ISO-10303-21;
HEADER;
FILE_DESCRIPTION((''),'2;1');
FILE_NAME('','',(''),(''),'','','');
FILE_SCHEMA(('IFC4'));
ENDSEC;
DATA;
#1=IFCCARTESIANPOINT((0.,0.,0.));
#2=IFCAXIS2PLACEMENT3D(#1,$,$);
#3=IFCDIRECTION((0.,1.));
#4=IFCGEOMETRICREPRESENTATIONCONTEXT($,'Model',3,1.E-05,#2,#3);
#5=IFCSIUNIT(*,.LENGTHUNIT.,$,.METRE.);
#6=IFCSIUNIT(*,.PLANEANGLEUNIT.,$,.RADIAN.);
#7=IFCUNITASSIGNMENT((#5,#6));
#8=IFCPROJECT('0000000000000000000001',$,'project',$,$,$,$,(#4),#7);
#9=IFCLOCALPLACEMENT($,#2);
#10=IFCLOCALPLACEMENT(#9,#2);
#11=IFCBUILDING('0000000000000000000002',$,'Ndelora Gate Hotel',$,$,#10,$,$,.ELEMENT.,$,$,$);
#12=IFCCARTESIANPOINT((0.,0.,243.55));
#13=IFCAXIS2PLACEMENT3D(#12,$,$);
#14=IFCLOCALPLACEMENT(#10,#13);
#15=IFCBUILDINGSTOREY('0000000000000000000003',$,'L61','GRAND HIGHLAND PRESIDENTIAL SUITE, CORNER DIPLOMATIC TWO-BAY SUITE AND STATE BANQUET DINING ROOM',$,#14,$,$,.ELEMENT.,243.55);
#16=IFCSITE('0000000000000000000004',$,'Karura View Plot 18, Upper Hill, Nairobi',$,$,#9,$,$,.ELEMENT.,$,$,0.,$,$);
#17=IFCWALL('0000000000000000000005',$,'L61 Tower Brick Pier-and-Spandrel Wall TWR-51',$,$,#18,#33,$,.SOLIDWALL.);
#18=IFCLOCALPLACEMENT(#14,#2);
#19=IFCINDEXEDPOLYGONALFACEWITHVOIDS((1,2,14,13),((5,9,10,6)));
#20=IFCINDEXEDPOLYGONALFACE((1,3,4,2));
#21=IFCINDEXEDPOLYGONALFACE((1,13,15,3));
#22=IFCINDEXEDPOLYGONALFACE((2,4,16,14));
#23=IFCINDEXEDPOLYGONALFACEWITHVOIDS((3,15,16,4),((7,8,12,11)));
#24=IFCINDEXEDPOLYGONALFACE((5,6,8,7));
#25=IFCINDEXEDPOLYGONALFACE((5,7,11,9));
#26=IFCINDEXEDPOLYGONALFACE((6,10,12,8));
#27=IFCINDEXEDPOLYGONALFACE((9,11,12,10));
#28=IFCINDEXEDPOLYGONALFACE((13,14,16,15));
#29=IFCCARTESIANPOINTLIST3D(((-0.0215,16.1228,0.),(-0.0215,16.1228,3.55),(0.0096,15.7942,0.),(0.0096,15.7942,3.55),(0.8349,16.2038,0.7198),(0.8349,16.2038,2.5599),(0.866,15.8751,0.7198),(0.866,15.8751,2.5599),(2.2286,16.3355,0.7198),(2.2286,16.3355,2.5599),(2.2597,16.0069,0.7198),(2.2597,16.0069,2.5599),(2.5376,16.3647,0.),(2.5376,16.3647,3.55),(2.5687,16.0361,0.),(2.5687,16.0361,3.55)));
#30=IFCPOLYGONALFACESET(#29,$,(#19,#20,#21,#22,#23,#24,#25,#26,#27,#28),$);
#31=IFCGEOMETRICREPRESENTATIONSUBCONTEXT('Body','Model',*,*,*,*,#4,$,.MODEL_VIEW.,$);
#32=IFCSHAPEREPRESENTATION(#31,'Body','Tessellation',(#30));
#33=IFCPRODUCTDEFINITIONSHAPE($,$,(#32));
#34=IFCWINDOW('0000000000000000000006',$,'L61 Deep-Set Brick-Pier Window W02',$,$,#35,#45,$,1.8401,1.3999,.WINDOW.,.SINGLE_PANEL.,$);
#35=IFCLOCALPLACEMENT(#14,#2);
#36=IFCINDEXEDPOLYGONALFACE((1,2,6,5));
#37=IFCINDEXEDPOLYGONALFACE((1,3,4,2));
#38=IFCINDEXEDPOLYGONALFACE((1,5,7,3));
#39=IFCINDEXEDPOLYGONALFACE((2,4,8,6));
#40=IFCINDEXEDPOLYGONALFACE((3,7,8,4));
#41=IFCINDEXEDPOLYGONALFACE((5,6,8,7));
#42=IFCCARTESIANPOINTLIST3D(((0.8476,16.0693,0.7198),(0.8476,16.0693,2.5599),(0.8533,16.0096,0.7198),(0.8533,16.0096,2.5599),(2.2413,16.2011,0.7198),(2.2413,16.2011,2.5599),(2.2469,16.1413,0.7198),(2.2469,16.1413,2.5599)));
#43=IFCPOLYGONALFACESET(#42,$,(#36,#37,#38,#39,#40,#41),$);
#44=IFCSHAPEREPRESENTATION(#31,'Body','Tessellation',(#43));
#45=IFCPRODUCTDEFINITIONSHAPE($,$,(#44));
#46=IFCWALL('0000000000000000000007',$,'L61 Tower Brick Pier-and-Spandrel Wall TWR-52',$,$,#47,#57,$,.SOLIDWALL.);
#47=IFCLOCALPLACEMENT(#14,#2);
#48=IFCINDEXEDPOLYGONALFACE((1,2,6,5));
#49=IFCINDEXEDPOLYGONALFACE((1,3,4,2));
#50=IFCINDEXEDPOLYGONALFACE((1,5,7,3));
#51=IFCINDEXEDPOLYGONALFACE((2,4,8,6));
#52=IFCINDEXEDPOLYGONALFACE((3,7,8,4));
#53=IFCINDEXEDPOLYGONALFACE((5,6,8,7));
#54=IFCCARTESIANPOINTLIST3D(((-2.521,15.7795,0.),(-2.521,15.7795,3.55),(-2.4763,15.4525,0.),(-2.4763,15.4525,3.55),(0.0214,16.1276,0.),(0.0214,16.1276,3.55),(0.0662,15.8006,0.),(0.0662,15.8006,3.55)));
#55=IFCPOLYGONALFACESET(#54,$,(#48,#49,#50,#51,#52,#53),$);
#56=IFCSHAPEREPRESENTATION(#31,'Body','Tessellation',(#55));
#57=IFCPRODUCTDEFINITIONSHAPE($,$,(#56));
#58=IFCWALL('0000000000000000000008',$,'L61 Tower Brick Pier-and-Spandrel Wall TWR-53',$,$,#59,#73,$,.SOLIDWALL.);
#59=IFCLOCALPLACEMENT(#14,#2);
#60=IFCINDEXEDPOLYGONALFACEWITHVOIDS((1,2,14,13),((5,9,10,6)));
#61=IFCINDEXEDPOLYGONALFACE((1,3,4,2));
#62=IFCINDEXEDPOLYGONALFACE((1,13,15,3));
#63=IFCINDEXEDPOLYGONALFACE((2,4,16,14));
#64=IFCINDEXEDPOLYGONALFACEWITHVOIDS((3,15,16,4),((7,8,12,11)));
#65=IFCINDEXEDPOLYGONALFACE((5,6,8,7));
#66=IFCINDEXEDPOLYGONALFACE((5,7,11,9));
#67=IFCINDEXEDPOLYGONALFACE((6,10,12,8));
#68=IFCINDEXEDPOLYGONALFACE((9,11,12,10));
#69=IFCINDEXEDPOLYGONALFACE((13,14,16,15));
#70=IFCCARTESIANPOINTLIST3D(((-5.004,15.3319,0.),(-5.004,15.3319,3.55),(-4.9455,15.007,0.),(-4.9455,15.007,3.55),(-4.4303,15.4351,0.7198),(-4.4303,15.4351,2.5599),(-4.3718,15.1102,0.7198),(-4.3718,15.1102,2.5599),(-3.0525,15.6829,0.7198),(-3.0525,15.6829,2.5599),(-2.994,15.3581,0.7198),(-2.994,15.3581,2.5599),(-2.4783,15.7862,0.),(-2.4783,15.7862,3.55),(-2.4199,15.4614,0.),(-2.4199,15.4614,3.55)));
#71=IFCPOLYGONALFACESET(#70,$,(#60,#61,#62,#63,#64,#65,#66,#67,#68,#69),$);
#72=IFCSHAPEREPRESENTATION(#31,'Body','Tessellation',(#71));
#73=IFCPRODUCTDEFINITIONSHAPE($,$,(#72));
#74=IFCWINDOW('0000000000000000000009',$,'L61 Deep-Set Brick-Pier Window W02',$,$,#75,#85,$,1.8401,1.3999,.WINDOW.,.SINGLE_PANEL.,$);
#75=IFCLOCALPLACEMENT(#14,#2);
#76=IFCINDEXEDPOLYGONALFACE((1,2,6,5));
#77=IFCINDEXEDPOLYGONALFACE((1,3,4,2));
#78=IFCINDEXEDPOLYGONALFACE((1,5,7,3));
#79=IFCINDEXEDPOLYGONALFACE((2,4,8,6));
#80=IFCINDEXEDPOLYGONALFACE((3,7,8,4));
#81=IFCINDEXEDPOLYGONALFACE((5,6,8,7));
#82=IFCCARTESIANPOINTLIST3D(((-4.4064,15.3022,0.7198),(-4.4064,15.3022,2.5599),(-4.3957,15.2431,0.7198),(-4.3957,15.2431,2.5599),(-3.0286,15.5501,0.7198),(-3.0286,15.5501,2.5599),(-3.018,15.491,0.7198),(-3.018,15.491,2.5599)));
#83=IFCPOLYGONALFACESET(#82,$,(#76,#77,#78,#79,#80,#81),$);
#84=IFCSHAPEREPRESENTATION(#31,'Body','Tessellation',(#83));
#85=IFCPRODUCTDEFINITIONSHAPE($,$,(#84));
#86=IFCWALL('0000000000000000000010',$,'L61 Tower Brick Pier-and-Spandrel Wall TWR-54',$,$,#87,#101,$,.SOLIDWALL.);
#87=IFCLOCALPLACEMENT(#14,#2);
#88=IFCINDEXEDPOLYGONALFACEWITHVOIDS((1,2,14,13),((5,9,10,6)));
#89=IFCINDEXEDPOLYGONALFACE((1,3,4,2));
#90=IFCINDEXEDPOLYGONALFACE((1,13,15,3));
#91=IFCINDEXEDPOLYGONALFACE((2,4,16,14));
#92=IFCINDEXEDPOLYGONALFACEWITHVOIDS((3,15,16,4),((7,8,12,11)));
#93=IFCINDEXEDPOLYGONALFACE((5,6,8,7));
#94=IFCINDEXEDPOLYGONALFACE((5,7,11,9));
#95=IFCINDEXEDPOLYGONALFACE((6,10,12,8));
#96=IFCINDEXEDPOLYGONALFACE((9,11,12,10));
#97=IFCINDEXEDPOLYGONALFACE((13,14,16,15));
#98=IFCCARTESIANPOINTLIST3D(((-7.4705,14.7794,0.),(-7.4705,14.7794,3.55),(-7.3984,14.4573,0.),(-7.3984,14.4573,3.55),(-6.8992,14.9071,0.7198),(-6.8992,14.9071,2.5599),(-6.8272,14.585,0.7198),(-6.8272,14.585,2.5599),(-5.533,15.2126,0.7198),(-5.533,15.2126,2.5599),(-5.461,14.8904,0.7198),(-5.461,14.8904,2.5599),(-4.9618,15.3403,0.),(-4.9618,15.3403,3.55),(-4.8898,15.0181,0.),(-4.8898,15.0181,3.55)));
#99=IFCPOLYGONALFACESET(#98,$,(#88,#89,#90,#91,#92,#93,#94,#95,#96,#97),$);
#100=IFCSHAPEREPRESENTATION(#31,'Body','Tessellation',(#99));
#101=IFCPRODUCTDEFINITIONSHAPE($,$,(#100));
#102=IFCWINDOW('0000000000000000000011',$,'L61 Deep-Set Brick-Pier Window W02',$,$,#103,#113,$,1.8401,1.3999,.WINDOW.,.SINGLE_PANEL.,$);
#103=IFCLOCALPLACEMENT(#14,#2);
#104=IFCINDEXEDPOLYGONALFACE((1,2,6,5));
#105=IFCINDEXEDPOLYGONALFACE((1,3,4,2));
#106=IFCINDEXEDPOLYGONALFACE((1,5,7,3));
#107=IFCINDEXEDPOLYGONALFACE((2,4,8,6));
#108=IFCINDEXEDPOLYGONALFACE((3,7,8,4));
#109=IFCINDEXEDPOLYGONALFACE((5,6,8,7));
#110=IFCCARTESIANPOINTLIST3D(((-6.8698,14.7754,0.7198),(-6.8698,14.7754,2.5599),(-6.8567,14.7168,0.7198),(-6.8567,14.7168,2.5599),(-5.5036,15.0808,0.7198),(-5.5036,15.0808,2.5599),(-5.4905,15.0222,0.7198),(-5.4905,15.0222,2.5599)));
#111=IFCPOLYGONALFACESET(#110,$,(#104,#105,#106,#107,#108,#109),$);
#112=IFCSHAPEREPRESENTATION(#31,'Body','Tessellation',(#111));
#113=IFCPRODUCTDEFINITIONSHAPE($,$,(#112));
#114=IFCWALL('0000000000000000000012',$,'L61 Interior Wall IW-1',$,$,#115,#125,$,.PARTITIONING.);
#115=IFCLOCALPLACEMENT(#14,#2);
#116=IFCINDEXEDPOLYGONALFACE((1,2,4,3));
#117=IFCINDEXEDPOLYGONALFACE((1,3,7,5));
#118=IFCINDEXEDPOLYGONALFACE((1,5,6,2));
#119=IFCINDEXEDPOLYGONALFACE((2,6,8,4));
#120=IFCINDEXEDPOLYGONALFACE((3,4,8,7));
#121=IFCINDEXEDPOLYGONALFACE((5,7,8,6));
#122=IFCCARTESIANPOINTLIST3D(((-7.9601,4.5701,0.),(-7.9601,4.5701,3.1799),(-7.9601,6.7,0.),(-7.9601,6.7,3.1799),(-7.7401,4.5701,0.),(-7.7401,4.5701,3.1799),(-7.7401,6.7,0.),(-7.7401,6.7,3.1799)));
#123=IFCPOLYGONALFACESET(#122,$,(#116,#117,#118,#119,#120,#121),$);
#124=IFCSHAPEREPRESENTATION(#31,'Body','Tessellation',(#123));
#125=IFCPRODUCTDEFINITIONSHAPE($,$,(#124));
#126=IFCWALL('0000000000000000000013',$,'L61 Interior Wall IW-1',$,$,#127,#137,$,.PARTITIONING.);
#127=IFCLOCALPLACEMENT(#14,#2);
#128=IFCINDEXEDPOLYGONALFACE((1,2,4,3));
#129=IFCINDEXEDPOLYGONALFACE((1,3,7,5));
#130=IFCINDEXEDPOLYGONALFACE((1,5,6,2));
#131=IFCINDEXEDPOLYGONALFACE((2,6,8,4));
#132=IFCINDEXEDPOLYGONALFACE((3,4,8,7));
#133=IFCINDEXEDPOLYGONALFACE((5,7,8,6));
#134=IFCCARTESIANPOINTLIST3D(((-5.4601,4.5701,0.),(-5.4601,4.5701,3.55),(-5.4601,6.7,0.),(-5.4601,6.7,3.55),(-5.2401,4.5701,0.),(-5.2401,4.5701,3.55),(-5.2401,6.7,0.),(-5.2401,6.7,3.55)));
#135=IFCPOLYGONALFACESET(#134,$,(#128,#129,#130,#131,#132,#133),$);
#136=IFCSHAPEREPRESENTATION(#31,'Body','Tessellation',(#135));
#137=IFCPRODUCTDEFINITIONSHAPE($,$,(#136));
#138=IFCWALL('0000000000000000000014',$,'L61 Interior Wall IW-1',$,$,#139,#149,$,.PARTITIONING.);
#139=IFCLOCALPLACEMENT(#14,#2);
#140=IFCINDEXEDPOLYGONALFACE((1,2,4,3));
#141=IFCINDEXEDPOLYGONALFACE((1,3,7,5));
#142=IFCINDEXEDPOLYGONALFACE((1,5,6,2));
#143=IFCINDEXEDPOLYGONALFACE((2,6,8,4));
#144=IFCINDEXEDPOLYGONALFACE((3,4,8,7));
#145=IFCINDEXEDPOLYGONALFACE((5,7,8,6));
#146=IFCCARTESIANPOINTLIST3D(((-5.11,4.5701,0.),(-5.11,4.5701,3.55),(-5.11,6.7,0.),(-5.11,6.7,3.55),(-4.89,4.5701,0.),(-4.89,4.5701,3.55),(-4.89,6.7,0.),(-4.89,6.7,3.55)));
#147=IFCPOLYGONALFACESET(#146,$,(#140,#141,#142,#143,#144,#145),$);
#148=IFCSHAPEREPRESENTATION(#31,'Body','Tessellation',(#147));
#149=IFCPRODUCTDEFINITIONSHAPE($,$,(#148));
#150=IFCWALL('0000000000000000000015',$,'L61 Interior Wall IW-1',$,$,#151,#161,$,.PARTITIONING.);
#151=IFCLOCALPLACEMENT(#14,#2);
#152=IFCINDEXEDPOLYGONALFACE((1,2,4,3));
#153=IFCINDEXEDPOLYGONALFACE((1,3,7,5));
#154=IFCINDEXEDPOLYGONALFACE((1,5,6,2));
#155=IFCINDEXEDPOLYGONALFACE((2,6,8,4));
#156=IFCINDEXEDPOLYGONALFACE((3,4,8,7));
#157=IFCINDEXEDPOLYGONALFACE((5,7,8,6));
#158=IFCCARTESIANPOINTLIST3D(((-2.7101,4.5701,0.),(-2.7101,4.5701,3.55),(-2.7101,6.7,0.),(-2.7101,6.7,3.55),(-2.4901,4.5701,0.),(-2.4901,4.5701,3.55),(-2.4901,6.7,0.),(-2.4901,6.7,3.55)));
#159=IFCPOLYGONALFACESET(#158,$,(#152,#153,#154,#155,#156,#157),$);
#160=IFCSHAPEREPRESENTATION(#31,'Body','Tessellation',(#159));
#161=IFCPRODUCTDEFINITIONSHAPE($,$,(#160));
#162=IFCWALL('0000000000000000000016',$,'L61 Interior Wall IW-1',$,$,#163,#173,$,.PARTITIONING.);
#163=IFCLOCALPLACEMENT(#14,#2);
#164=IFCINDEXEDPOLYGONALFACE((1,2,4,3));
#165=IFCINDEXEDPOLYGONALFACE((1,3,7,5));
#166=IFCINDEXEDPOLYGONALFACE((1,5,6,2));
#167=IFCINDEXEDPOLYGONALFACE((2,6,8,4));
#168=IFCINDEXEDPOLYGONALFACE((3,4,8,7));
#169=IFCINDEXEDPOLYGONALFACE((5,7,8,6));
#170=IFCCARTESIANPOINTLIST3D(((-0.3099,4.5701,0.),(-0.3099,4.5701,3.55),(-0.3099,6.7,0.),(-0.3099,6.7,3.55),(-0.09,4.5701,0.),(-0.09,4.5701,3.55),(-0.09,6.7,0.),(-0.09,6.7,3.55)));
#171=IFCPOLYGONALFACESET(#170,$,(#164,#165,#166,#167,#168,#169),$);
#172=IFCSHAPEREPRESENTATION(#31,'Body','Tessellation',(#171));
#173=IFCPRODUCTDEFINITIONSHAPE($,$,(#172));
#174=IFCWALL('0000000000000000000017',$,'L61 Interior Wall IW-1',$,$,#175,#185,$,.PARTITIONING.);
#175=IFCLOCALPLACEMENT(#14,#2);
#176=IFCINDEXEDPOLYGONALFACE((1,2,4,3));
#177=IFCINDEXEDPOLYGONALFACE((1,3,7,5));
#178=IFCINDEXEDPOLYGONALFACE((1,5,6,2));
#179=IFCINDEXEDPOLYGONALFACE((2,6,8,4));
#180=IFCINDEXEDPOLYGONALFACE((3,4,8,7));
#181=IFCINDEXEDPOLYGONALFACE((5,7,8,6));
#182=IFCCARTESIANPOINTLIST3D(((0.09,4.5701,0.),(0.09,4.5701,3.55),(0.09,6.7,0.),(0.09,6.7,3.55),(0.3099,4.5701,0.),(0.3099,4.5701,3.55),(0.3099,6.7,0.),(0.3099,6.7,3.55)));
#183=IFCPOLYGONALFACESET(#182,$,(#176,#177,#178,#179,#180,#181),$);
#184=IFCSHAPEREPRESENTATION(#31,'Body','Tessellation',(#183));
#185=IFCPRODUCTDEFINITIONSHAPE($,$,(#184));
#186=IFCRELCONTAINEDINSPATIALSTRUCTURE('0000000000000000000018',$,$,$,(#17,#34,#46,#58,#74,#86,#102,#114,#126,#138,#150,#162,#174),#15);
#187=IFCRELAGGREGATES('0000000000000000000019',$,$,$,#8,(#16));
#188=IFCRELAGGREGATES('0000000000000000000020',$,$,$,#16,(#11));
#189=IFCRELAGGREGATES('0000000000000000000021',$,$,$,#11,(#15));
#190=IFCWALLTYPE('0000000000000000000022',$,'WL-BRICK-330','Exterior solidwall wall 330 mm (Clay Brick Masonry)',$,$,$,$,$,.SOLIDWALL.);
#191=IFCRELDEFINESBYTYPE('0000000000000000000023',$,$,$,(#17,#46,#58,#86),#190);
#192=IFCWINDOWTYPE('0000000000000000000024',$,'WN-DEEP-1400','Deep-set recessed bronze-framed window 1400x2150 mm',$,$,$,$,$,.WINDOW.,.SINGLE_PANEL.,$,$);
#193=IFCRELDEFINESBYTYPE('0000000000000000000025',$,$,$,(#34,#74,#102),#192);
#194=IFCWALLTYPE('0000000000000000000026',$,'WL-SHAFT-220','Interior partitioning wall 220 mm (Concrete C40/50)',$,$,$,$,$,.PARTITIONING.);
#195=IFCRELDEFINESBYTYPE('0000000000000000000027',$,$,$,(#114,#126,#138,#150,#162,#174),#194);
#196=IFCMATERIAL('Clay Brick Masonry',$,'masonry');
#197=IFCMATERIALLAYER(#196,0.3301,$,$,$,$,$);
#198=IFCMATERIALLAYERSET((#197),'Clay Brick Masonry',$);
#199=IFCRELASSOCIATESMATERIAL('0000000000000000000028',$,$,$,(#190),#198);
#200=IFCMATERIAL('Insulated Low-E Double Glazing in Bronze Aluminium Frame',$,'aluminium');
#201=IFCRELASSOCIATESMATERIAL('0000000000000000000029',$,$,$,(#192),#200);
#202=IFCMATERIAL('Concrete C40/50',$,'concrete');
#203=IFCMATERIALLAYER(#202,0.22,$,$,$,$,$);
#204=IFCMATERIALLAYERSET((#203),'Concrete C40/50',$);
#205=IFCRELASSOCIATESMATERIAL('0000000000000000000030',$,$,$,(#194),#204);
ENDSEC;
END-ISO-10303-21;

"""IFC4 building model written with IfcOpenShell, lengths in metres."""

from ifc_helpers import new_model, si_unit, direction, frame, frame_2d, origin, place, context, subcontext, project, spatial, rectangle, extrude, material, layer, layer_set, type_object, element, fill, save


model = new_model("IFC4")

# Units and contexts
model_context = context("Model", 3, precision=1e-05, world=origin(), true_north=direction((0.0, 1.0)))
body_context = subcontext(model_context, "Body", "Model", "MODEL_VIEW")
ifc_project = project(units=[si_unit("LENGTHUNIT", "METRE"), si_unit("PLANEANGLEUNIT", "RADIAN")], contexts=[model_context])

# Site, building, storey
site_placement = place(None, origin())
site = spatial("IfcSite", under=ifc_project, at=site_placement, Name="Karura View Plot 18, Upper Hill, Nairobi", CompositionType="ELEMENT", RefElevation=0.0)
building_placement = place(site_placement, origin())
building = spatial("IfcBuilding", under=site, at=building_placement, Name="Ndelora Gate Hotel", CompositionType="ELEMENT")
storey_placement = place(building_placement, frame((0.0, 0.0, 243.55)))
storey = spatial("IfcBuildingStorey", under=building, at=storey_placement, Name="L61", Description="GRAND HIGHLAND PRESIDENTIAL SUITE, CORNER DIPLOMATIC TWO-BAY SUITE AND STATE BANQUET DINING ROOM", CompositionType="ELEMENT", Elevation=243.55)

# Wall, opening, window
ifc_material_1 = material(Name="Clay Brick Masonry", Category="masonry")
ifc_layer_1 = layer(ifc_material_1, 0.3301)
ifc_layer_set_1 = layer_set([ifc_layer_1], Name="Clay Brick Masonry")
wall_type_1 = type_object("IfcWallType", Name="WL-BRICK-330", Description="Exterior solidwall wall 330 mm (Clay Brick Masonry)", PredefinedType="SOLIDWALL", material=ifc_layer_set_1)
wall_1_placement = place(storey_placement, frame((-0.0059, 15.9585, 0.0), z_axis=(0.0, 0.0, 1.0), x_axis=(0.995561, 0.094123, 0.0)))
wall_1 = element("IfcWall", 1, at=wall_1_placement, inside=storey, type_object=wall_type_1, Name="L61 Tower Brick Pier-and-Spandrel Wall TWR-51", PredefinedType="SOLIDWALL", context=body_context, shape_type="SweptSolid", body=[
    extrude(rectangle(XDim=2.5706, YDim=0.3301, at=frame_2d((1.2852, 0.0))), origin(), (0.0, 0.0, 1.0), 3.55),
])
opening_1_placement = place(wall_1_placement, frame((0.8601, 0.0, 0.72)))
opening_1 = element("IfcOpeningElement", 2, at=opening_1_placement, cuts=wall_1, PredefinedType="OPENING", context=body_context, shape_type="SweptSolid", body=[
    extrude(rectangle(XDim=1.3999, YDim=1.8401, at=frame_2d((0.7, 0.9199))), frame((0.0, 0.175, 0.0), z_axis=(0.0, -1.0, 0.0), x_axis=(1.0, 0.0, 0.0)), (0.0, 0.0, 1.0), 0.3501),
])
ifc_material_2 = material(Name="Insulated Low-E Double Glazing in Bronze Aluminium Frame", Category="aluminium")
window_type = type_object("IfcWindowType", Name="WN-DEEP-1400", Description="Deep-set recessed bronze-framed window 1400x2150 mm", PartitioningType="SINGLE_PANEL", PredefinedType="WINDOW", material=ifc_material_2)
window_1_placement = place(opening_1_placement, origin())
window_1 = element("IfcWindow", 3, at=window_1_placement, inside=storey, type_object=window_type, Name="L61 Deep-Set Brick-Pier Window W02", OverallHeight=1.8401, OverallWidth=1.3999, PartitioningType="SINGLE_PANEL", PredefinedType="WINDOW", context=body_context, shape_type="SweptSolid", body=[
    extrude(rectangle(XDim=1.3999, YDim=1.8401, at=frame_2d((0.7, 0.9199))), frame((0.0, 0.03, 0.0), z_axis=(0.0, -1.0, 0.0), x_axis=(1.0, 0.0, 0.0)), (0.0, 0.0, 1.0), 0.0601),
])
fill(opening_1, window_1)

# Wall
wall_2_placement = place(storey_placement, frame((-2.4988, 15.616, 0.0), z_axis=(0.0, 0.0, 1.0), x_axis=(0.990755, 0.135665, 0.0)))
element("IfcWall", 4, at=wall_2_placement, inside=storey, type_object=wall_type_1, Name="L61 Tower Brick Pier-and-Spandrel Wall TWR-52", PredefinedType="SOLIDWALL", context=body_context, shape_type="SweptSolid", body=[
    extrude(rectangle(XDim=2.5662, YDim=0.3301, at=frame_2d((1.2832, 0.0))), origin(), (0.0, 0.0, 1.0), 3.55),
])

# Walls, openings, windows
wall_3_placement = place(storey_placement, frame((-4.9749, 15.1694, 0.0), z_axis=(0.0, 0.0, 1.0), x_axis=(0.984202, 0.177052, 0.0)))
wall_3 = element("IfcWall", 5, at=wall_3_placement, inside=storey, type_object=wall_type_1, Name="L61 Tower Brick Pier-and-Spandrel Wall TWR-53", PredefinedType="SOLIDWALL", context=body_context, shape_type="SweptSolid", body=[
    extrude(rectangle(XDim=2.5662, YDim=0.3301, at=frame_2d((1.2832, 0.0))), origin(), (0.0, 0.0, 1.0), 3.55),
])
opening_2_placement = place(wall_3_placement, frame((0.583, 0.0, 0.72)))
opening_2 = element("IfcOpeningElement", 6, at=opening_2_placement, cuts=wall_3, PredefinedType="OPENING", context=body_context, shape_type="SweptSolid", body=[
    extrude(rectangle(XDim=1.3999, YDim=1.8401, at=frame_2d((0.7, 0.9199))), frame((0.0, 0.175, 0.0), z_axis=(0.0, -1.0, 0.0), x_axis=(1.0, 0.0, 0.0)), (0.0, 0.0, 1.0), 0.3501),
])
window_2_placement = place(opening_2_placement, origin())
window_2 = element("IfcWindow", 7, at=window_2_placement, inside=storey, type_object=window_type, Name="L61 Deep-Set Brick-Pier Window W02", OverallHeight=1.8401, OverallWidth=1.3999, PartitioningType="SINGLE_PANEL", PredefinedType="WINDOW", context=body_context, shape_type="SweptSolid", body=[
    extrude(rectangle(XDim=1.3999, YDim=1.8401, at=frame_2d((0.7, 0.9199))), frame((0.0, 0.03, 0.0), z_axis=(0.0, -1.0, 0.0), x_axis=(1.0, 0.0, 0.0)), (0.0, 0.0, 1.0), 0.0601),
])
fill(opening_2, window_2)
wall_4_placement = place(storey_placement, frame((-7.4343, 14.6184, 0.0), z_axis=(0.0, 0.0, 1.0), x_axis=(0.975911, 0.218167, 0.0)))
wall_4 = element("IfcWall", 8, at=wall_4_placement, inside=storey, type_object=wall_type_1, Name="L61 Tower Brick Pier-and-Spandrel Wall TWR-54", PredefinedType="SOLIDWALL", context=body_context, shape_type="SweptSolid", body=[
    extrude(rectangle(XDim=2.5706, YDim=0.3301, at=frame_2d((1.2852, 0.0))), origin(), (0.0, 0.0, 1.0), 3.55),
])
opening_3_placement = place(wall_4_placement, frame((0.5852, 0.0, 0.72)))
opening_3 = element("IfcOpeningElement", 9, at=opening_3_placement, cuts=wall_4, PredefinedType="OPENING", context=body_context, shape_type="SweptSolid", body=[
    extrude(rectangle(XDim=1.3999, YDim=1.8401, at=frame_2d((0.7, 0.9199))), frame((0.0, 0.175, 0.0), z_axis=(0.0, -1.0, 0.0), x_axis=(1.0, 0.0, 0.0)), (0.0, 0.0, 1.0), 0.3501),
])
window_3_placement = place(opening_3_placement, origin())
window_3 = element("IfcWindow", 10, at=window_3_placement, inside=storey, type_object=window_type, Name="L61 Deep-Set Brick-Pier Window W02", OverallHeight=1.8401, OverallWidth=1.3999, PartitioningType="SINGLE_PANEL", PredefinedType="WINDOW", context=body_context, shape_type="SweptSolid", body=[
    extrude(rectangle(XDim=1.3999, YDim=1.8401, at=frame_2d((0.7, 0.9199))), frame((0.0, 0.03, 0.0), z_axis=(0.0, -1.0, 0.0), x_axis=(1.0, 0.0, 0.0)), (0.0, 0.0, 1.0), 0.0601),
])
fill(opening_3, window_3)

# Walls
ifc_material_3 = material(Name="Concrete C40/50", Category="concrete")
ifc_layer_2 = layer(ifc_material_3, 0.22)
ifc_layer_set_2 = layer_set([ifc_layer_2], Name="Concrete C40/50")
wall_type_2 = type_object("IfcWallType", Name="WL-SHAFT-220", Description="Interior partitioning wall 220 mm (Concrete C40/50)", PredefinedType="PARTITIONING", material=ifc_layer_set_2)
wall_5_placement = place(storey_placement, frame((-7.8501, 4.5701, 0.0), z_axis=(0.0, 0.0, 1.0), x_axis=(0.0, 1.0, 0.0)))
element("IfcWall", 11, at=wall_5_placement, inside=storey, type_object=wall_type_2, Name="L61 Interior Wall IW-1", PredefinedType="PARTITIONING", context=body_context, shape_type="SweptSolid", body=[
    extrude(rectangle(XDim=2.1299, YDim=0.22, at=frame_2d((1.0649, 0.0))), origin(), (0.0, 0.0, 1.0), 3.1799),
])
for number, where, z_axis, x_axis, name in (
    (12, (-5.3501, 4.5701, 0.0), (0.0, 0.0, 1.0), (0.0, 1.0, 0.0), "L61 Interior Wall IW-1"),
    (13, (-5.0, 4.5701, 0.0), (0.0, 0.0, 1.0), (0.0, 1.0, 0.0), "L61 Interior Wall IW-1"),
    (14, (-2.6001, 4.5701, 0.0), (0.0, 0.0, 1.0), (0.0, 1.0, 0.0), "L61 Interior Wall IW-1"),
    (15, (-0.2, 4.5701, 0.0), (0.0, 0.0, 1.0), (0.0, 1.0, 0.0), "L61 Interior Wall IW-1"),
    (16, (0.2, 4.5701, 0.0), (0.0, 0.0, 1.0), (0.0, 1.0, 0.0), "L61 Interior Wall IW-1"),
):
    element("IfcWall", number, at=place(storey_placement, frame(where, z_axis=z_axis, x_axis=x_axis)), inside=storey, type_object=wall_type_2, Name=name, PredefinedType="PARTITIONING", context=body_context, shape_type="SweptSolid", body=[
        extrude(rectangle(XDim=2.1299, YDim=0.22, at=frame_2d((1.0649, 0.0))), origin(), (0.0, 0.0, 1.0), 3.55),
    ])

save(model, "model.ifc")
